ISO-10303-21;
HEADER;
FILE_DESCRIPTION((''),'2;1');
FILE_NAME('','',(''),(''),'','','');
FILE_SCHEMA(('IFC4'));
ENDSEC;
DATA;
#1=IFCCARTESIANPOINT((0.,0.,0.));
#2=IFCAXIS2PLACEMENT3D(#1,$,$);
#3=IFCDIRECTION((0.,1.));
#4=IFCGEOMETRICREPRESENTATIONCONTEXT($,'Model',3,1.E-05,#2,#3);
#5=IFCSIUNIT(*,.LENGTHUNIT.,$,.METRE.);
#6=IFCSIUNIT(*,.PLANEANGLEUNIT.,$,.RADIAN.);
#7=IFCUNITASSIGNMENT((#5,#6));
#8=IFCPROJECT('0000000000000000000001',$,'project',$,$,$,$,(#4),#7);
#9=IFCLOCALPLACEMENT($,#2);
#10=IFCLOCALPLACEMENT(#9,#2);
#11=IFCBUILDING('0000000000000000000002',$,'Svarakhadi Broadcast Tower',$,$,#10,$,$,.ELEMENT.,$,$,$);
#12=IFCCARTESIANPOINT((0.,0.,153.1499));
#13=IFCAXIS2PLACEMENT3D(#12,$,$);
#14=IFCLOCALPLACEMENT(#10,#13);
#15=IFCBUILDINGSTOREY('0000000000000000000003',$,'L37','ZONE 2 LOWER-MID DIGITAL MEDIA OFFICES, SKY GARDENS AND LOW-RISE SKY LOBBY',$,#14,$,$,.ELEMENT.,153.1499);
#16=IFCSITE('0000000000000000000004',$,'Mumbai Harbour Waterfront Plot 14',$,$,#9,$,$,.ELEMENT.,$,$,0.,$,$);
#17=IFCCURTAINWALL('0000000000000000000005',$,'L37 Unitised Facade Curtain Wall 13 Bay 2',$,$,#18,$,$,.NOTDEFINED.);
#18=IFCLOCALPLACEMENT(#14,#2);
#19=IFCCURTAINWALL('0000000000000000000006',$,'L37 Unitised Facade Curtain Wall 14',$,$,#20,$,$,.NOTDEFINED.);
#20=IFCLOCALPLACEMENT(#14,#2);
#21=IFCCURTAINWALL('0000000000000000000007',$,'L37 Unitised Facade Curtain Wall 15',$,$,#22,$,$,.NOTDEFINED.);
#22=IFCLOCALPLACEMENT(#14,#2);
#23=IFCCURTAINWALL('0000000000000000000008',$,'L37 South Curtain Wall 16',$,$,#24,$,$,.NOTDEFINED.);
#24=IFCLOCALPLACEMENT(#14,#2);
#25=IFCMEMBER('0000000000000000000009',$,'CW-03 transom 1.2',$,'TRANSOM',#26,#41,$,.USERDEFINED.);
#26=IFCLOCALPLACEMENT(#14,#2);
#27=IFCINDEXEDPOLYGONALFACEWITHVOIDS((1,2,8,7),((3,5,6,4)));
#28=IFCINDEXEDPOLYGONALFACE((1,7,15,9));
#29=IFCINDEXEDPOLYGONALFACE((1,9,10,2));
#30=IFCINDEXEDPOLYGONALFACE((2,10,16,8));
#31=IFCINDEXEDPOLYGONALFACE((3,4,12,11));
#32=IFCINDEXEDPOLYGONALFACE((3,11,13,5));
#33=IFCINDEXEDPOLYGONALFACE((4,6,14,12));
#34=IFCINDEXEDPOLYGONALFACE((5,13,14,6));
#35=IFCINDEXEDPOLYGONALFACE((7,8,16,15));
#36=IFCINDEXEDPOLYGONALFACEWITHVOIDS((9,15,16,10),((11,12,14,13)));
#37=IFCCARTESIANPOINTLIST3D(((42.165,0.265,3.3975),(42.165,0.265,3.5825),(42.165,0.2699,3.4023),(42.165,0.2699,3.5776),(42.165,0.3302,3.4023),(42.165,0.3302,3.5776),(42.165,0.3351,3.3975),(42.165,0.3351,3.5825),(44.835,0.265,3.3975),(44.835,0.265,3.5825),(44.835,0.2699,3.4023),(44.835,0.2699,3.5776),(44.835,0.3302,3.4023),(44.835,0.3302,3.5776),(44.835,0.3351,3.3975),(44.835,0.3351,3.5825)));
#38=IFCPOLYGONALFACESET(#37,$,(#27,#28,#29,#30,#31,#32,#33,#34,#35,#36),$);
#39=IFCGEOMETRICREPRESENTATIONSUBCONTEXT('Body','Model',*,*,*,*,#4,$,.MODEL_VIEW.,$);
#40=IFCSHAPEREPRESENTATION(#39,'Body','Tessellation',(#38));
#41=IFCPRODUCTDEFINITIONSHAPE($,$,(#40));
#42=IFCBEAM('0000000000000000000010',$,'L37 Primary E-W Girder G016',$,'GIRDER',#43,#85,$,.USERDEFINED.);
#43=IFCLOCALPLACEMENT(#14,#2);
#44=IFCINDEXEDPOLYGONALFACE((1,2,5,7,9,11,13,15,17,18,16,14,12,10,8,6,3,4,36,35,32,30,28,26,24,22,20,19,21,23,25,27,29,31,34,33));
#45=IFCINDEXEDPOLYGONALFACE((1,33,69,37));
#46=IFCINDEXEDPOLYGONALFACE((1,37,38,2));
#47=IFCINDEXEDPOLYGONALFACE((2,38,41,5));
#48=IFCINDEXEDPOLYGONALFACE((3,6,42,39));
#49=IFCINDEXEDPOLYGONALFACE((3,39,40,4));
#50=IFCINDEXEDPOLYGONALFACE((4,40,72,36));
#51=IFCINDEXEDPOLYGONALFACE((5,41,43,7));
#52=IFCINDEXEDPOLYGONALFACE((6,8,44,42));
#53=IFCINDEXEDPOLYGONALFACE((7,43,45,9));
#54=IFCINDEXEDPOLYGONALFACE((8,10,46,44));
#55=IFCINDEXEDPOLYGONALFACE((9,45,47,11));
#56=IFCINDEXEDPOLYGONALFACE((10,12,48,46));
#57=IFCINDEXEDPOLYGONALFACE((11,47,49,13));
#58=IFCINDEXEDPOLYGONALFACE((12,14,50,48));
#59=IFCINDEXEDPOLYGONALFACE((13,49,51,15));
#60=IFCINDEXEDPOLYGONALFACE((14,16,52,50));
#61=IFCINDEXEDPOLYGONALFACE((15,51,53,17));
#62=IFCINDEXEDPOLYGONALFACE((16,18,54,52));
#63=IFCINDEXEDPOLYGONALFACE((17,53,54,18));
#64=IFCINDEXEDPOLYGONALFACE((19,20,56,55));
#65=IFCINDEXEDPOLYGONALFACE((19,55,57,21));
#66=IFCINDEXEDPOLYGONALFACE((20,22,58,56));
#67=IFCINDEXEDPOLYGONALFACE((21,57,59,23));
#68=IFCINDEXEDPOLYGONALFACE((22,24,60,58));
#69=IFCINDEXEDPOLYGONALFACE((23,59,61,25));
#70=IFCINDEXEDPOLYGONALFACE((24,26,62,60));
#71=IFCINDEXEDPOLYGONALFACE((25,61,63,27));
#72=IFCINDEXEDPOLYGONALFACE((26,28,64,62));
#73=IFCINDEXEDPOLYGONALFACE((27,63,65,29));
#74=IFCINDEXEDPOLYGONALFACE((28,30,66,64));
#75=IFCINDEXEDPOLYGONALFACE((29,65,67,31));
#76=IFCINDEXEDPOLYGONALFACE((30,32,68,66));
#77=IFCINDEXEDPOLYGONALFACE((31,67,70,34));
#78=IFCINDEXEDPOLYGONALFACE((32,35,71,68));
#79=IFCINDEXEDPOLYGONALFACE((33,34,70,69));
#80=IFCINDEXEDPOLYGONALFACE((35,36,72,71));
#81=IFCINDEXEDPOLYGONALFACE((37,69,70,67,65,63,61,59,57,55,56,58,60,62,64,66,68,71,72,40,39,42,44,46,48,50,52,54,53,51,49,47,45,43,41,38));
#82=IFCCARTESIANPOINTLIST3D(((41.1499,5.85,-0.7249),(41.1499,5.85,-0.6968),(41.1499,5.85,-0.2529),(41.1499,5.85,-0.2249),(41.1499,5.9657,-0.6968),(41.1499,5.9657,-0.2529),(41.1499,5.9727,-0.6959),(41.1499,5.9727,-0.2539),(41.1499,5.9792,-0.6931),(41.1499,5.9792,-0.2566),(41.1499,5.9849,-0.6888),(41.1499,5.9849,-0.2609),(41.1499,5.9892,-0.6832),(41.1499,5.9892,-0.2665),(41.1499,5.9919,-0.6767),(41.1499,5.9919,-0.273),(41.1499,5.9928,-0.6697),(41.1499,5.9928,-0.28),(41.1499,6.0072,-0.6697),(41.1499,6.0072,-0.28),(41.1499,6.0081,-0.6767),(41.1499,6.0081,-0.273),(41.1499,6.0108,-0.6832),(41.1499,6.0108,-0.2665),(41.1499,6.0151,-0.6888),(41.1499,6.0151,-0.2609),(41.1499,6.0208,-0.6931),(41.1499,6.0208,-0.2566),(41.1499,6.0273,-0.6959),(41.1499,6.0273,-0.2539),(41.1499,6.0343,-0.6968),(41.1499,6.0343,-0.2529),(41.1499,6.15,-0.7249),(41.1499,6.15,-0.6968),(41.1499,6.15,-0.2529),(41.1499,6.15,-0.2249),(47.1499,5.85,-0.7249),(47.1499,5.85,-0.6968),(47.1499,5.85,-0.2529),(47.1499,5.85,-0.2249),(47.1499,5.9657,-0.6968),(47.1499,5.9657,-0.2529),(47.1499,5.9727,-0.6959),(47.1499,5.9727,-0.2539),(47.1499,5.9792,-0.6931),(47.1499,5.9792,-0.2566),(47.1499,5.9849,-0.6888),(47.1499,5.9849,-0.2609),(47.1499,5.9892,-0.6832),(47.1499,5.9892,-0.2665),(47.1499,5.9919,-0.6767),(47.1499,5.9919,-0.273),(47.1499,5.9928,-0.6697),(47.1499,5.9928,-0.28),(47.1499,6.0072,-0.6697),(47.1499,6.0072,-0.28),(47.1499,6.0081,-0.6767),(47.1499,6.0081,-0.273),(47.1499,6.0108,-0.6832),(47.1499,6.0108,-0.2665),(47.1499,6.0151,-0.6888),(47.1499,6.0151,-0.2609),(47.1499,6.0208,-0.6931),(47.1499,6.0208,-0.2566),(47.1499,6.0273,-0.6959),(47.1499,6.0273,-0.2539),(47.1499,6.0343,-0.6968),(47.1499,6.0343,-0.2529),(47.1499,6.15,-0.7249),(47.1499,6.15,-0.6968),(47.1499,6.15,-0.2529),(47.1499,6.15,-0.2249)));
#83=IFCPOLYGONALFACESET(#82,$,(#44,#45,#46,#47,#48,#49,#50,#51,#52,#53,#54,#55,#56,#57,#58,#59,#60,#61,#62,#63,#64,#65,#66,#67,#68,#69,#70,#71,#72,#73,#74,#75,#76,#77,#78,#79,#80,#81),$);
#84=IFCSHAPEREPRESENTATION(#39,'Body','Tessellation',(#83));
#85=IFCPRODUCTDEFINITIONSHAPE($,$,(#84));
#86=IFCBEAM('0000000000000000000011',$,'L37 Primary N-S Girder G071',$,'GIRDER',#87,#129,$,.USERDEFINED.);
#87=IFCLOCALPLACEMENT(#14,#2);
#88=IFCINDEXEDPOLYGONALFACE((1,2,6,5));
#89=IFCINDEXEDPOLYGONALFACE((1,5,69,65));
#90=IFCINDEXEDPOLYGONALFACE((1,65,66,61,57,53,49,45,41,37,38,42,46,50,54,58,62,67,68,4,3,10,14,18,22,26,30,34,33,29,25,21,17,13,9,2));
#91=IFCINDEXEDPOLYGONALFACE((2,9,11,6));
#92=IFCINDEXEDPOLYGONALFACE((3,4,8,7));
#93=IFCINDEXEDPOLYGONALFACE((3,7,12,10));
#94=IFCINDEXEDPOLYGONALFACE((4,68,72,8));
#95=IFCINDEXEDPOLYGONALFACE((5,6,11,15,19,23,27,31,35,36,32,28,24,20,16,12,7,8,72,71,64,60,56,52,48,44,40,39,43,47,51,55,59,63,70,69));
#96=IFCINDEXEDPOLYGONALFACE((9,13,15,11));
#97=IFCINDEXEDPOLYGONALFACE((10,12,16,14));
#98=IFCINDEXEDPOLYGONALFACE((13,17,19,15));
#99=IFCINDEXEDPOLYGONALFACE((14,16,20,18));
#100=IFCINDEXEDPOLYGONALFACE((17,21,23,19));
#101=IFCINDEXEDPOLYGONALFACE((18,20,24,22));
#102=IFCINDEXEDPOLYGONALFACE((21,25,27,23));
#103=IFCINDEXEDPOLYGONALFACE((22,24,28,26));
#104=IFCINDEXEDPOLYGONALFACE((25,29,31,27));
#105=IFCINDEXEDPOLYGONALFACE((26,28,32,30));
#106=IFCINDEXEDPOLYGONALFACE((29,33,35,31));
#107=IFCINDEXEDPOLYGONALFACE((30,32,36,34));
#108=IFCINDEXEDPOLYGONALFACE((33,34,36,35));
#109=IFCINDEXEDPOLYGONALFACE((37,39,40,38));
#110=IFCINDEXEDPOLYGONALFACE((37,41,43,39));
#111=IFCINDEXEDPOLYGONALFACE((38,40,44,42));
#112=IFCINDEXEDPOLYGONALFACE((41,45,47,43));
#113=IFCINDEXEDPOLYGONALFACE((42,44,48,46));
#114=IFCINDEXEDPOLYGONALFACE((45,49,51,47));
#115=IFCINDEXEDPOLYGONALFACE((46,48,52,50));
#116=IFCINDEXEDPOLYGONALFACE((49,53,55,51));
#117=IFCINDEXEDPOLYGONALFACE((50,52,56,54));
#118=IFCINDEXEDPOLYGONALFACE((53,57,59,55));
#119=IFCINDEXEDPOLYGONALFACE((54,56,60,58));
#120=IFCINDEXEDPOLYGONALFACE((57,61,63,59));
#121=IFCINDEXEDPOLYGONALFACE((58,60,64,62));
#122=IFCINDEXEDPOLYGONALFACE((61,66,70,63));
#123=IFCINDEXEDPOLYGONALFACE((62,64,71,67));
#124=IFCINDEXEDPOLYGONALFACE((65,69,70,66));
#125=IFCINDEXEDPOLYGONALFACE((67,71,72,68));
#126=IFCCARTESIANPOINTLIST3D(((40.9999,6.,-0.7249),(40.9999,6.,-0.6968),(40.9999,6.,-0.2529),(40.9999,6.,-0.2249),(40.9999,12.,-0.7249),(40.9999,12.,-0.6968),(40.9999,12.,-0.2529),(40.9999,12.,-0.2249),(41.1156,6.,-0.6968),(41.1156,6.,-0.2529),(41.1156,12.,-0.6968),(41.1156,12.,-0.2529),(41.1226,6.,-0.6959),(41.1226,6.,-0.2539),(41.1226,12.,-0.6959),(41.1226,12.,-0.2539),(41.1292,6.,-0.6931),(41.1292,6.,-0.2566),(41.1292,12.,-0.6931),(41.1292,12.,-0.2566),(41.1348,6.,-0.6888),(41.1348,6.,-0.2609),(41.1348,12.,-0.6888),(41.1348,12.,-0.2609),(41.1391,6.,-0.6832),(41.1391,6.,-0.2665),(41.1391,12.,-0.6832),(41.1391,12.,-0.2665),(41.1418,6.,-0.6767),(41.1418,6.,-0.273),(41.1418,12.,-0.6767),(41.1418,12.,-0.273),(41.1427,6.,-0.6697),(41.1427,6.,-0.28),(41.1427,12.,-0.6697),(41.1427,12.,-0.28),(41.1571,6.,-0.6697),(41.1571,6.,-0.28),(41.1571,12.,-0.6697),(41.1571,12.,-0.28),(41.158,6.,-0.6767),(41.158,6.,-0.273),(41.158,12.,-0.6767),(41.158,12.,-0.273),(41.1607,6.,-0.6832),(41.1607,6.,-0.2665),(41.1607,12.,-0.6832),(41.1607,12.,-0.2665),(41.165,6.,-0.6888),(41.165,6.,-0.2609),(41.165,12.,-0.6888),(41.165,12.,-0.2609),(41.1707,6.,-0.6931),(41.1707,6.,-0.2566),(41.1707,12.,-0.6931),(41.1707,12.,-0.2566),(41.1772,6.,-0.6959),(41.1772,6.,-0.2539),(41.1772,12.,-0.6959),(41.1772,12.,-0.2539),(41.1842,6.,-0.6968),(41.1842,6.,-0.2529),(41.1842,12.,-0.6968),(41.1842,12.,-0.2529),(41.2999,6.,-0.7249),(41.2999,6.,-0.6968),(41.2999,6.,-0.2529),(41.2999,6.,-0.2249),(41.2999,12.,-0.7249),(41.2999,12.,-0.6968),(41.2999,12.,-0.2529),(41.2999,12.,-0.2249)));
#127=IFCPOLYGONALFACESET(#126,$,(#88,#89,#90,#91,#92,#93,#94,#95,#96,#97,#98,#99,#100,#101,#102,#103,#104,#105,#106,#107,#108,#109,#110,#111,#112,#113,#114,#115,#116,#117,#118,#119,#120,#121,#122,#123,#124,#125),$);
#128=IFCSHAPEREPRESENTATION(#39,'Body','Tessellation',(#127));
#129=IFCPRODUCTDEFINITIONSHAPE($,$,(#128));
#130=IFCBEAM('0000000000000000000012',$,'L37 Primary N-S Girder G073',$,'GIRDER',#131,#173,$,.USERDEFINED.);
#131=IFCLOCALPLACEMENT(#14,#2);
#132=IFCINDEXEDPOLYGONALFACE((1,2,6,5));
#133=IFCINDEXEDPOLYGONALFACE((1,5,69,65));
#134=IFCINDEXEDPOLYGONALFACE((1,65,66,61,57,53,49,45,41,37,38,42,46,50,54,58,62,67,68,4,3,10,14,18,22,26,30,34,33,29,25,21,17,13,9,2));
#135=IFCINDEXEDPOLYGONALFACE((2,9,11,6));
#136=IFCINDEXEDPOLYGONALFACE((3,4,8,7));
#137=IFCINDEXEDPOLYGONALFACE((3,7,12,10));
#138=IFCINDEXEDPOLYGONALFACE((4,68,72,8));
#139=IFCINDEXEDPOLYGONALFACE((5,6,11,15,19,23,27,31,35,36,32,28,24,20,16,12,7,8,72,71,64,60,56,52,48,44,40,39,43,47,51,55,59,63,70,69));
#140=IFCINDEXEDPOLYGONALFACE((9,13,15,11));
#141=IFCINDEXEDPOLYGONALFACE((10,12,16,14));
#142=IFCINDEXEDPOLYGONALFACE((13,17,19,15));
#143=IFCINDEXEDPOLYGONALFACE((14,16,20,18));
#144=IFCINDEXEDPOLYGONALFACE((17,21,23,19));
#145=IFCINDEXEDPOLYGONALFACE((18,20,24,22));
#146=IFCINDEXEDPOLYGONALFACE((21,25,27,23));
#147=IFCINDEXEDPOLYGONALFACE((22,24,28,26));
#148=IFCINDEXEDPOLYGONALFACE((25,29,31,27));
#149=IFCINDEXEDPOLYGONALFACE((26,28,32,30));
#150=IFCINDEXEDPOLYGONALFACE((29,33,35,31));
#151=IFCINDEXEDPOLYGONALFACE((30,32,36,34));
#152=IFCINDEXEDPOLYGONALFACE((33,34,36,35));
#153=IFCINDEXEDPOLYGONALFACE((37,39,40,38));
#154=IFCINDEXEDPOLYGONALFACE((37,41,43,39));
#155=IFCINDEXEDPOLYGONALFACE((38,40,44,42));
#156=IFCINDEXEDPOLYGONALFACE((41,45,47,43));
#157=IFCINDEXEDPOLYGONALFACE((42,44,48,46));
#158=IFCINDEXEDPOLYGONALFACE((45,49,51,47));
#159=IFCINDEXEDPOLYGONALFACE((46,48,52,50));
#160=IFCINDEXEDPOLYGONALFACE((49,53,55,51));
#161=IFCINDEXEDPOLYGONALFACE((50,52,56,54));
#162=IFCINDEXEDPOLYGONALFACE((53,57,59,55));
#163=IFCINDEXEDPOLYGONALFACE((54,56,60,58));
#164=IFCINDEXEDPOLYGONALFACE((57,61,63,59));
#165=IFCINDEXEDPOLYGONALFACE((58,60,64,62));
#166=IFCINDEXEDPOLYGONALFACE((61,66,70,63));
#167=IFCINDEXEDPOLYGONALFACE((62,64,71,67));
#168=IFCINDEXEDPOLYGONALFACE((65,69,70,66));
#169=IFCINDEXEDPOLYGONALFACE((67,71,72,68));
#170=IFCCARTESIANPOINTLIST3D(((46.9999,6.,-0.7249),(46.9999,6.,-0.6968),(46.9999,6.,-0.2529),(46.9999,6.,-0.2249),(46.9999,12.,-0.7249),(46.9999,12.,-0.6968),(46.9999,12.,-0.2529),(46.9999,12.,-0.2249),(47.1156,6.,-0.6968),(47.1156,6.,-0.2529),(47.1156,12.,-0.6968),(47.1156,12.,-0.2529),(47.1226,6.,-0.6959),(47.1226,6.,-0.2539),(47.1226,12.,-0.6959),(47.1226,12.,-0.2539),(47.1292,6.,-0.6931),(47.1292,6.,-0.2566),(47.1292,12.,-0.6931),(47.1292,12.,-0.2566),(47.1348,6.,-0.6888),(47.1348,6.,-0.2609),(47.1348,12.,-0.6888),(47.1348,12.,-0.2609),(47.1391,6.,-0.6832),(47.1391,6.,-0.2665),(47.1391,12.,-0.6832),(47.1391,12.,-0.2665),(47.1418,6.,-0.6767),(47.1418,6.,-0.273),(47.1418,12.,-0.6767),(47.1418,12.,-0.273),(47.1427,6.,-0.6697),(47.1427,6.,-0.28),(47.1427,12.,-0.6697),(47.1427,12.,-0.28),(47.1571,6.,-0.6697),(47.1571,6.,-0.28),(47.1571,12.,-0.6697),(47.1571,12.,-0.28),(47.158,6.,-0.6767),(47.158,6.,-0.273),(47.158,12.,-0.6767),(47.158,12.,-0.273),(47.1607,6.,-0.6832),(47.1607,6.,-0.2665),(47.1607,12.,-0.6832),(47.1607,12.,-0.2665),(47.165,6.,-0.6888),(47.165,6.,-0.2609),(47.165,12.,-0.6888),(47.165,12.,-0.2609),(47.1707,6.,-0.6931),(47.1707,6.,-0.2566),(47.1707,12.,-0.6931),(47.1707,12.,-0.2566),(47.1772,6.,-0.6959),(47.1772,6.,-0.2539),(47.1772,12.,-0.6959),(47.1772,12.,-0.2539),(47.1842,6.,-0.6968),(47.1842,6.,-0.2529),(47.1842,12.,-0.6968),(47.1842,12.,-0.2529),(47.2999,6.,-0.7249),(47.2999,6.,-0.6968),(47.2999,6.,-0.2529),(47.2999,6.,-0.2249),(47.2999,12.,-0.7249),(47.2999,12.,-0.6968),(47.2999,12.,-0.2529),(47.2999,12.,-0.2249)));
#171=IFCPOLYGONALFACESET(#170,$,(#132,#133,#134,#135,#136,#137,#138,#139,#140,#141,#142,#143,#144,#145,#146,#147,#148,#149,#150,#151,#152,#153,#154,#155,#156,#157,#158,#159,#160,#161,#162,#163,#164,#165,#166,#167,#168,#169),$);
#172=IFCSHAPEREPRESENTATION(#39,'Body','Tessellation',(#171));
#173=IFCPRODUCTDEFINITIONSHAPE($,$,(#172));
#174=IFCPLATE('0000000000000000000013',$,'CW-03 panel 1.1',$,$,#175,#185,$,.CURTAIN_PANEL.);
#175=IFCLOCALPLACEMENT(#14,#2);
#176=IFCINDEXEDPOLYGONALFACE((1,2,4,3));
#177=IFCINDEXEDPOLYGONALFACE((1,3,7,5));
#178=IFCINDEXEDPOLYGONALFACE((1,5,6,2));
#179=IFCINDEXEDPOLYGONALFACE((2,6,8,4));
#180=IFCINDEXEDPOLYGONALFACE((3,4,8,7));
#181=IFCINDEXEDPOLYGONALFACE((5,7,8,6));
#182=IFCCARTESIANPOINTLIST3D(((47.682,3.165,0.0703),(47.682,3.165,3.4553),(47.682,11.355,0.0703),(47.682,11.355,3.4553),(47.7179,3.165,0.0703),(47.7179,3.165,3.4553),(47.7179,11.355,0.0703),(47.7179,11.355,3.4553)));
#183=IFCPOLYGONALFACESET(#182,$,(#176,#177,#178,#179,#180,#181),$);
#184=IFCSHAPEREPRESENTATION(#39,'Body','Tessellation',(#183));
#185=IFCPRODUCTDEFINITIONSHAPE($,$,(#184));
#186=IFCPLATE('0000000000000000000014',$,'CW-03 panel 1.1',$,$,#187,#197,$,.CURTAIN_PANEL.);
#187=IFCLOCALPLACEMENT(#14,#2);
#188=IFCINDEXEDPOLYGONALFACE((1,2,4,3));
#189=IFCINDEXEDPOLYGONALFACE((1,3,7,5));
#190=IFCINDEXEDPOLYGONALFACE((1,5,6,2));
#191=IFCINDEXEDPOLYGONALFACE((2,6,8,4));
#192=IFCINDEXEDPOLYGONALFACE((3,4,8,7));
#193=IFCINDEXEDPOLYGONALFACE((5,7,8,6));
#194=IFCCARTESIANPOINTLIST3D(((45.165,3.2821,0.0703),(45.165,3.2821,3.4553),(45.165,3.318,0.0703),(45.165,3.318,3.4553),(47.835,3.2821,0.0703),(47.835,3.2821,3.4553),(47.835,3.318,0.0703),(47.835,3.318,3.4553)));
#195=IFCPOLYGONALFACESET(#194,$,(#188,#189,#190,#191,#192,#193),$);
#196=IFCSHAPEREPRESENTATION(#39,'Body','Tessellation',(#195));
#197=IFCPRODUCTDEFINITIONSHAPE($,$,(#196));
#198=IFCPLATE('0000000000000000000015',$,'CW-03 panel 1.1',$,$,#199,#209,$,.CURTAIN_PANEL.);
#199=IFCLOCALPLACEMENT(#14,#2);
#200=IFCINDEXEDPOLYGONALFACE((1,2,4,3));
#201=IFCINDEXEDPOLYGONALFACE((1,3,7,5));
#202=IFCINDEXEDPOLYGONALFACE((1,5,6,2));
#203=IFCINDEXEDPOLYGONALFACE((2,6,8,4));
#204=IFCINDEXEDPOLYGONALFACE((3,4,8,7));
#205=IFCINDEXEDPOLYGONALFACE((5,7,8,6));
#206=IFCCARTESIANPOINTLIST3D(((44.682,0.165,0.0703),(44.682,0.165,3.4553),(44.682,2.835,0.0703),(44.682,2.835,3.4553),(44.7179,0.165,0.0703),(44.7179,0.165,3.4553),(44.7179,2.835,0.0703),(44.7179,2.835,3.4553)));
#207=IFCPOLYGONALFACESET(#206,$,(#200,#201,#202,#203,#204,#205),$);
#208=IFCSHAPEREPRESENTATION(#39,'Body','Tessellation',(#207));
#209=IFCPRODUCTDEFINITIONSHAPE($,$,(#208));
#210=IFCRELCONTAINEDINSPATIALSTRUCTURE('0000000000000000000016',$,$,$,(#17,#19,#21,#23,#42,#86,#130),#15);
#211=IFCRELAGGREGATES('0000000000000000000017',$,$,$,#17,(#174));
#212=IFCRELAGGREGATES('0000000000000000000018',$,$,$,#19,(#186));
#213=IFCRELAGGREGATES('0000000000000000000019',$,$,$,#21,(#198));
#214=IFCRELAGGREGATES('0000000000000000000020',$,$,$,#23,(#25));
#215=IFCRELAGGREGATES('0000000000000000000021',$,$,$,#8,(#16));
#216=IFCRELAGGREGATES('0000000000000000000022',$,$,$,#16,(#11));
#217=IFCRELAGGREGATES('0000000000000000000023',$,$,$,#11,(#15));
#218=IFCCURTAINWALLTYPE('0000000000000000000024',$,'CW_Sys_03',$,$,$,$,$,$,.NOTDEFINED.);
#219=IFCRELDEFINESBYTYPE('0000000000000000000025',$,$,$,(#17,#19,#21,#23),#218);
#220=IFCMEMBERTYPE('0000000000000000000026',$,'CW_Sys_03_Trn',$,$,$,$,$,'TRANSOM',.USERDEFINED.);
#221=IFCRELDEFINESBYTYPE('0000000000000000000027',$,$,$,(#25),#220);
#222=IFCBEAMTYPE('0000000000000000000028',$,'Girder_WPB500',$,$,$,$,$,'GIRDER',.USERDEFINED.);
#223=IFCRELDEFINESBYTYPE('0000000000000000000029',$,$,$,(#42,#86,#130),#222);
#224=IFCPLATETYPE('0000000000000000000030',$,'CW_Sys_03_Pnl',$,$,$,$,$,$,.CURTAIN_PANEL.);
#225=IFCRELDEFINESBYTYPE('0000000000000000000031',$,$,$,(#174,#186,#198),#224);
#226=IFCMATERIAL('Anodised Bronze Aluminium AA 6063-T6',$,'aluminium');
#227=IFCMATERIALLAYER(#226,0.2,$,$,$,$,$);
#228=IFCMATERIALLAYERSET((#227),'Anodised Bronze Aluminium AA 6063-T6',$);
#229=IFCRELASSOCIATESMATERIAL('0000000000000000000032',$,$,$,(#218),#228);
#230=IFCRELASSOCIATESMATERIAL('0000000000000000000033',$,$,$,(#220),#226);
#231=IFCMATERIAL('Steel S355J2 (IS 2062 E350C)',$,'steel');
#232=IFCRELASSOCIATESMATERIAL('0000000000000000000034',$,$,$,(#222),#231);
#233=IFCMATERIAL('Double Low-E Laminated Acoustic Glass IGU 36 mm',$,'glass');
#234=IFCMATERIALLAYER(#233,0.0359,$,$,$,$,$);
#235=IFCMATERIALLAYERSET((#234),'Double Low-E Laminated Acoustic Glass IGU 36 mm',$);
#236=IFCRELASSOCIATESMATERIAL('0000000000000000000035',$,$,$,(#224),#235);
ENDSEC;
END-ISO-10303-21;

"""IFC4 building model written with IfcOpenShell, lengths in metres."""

from ifc_helpers import new_model, si_unit, direction, frame, origin, origin_2d, place, context, subcontext, project, spatial, rectangle, hollow_rectangle, i_section, extrude, material, layer, layer_set, material_profile, profile_set, type_object, element, aggregate, save


model = new_model("IFC4")

# Units and contexts
model_context = context("Model", 3, precision=1e-05, world=origin(), true_north=direction((0.0, 1.0)))
body_context = subcontext(model_context, "Body", "Model", "MODEL_VIEW")
ifc_project = project(units=[si_unit("LENGTHUNIT", "METRE"), si_unit("PLANEANGLEUNIT", "RADIAN")], contexts=[model_context])

# Site, building, storey
site_placement = place(None, origin())
site = spatial("IfcSite", under=ifc_project, at=site_placement, Name="Mumbai Harbour Waterfront Plot 14", CompositionType="ELEMENT", RefElevation=0.0)
building_placement = place(site_placement, origin())
building = spatial("IfcBuilding", under=site, at=building_placement, Name="Svarakhadi Broadcast Tower", CompositionType="ELEMENT")
storey_placement = place(building_placement, frame((0.0, 0.0, 153.1499)))
storey = spatial("IfcBuildingStorey", under=building, at=storey_placement, Name="L37", Description="ZONE 2 LOWER-MID DIGITAL MEDIA OFFICES, SKY GARDENS AND LOW-RISE SKY LOBBY", CompositionType="ELEMENT", Elevation=153.1499)

# Shared definitions
ifc_material_1 = material(Name="Steel S355J2 (IS 2062 E350C)", Category="steel")

# Curtain walls
ifc_material_2 = material(Name="Anodised Bronze Aluminium AA 6063-T6", Category="aluminium")
ifc_layer_1 = layer(ifc_material_2, 0.2)
ifc_layer_set_1 = layer_set([ifc_layer_1], Name="Anodised Bronze Aluminium AA 6063-T6")
curtain_wall_type = type_object("IfcCurtainWallType", Name="CW_Sys_03", PredefinedType="NOTDEFINED", material=ifc_layer_set_1)
curtain_wall_1_placement = place(storey_placement, origin())
curtain_wall_1 = element("IfcCurtainWall", 1, at=curtain_wall_1_placement, inside=storey, type_object=curtain_wall_type, Name="L37 Unitised Facade Curtain Wall 13 Bay 2", PredefinedType="NOTDEFINED")
curtain_wall_2_placement = place(storey_placement, origin())
curtain_wall_2 = element("IfcCurtainWall", 2, at=curtain_wall_2_placement, inside=storey, type_object=curtain_wall_type, Name="L37 Unitised Facade Curtain Wall 14", PredefinedType="NOTDEFINED")
curtain_wall_3_placement = place(storey_placement, origin())
curtain_wall_3 = element("IfcCurtainWall", 3, at=curtain_wall_3_placement, inside=storey, type_object=curtain_wall_type, Name="L37 Unitised Facade Curtain Wall 15", PredefinedType="NOTDEFINED")
curtain_wall_4_placement = place(storey_placement, origin())
curtain_wall_4 = element("IfcCurtainWall", 4, at=curtain_wall_4_placement, inside=storey, type_object=curtain_wall_type, Name="L37 South Curtain Wall 16", PredefinedType="NOTDEFINED")

# Member
ifc_material_profile_1 = material_profile(ifc_material_2, hollow_rectangle(XDim=0.0701, YDim=0.1851, WallThickness=0.0049, at=origin_2d()), Name="ALU TRANSOM 185x70x5")
ifc_profile_set_1 = profile_set([ifc_material_profile_1], Name="Anodised Bronze Aluminium AA 6063-T6")
member_type_1 = type_object("IfcMemberType", Name="CW_Sys_03_Trn", ElementType="TRANSOM", PredefinedType="USERDEFINED", material=ifc_profile_set_1)
member_1_placement = place(storey_placement, frame((44.835, 0.3, 3.49), z_axis=(-1.0, 0.0, 0.0), x_axis=(0.0, -1.0, 0.0)))
member_1 = element("IfcMember", 5, at=member_1_placement, type_object=member_type_1, Name="CW-03 transom 1.2", ObjectType="TRANSOM", PredefinedType="USERDEFINED", context=body_context, shape_type="SweptSolid", body=[
    extrude(hollow_rectangle(XDim=0.0701, YDim=0.1851, WallThickness=0.0049, at=origin_2d()), origin(), (0.0, 0.0, 1.0), 2.6699),
])

# Beams
ifc_material_profile_2 = material_profile(ifc_material_1, i_section(OverallWidth=0.3, OverallDepth=0.5, WebThickness=0.0144, FlangeThickness=0.0281, FilletRadius=0.0271, at=origin_2d()), Name="WPB 500x300x187")
ifc_profile_set_2 = profile_set([ifc_material_profile_2], Name="Steel S355J2 (IS 2062 E350C)")
beam_type_1 = type_object("IfcBeamType", Name="Girder_WPB500", ElementType="GIRDER", PredefinedType="USERDEFINED", material=ifc_profile_set_2)
for number, where, z_axis, x_axis, name in (
    (6, (41.1499, 6.0, -0.4749), (1.0, 0.0, 0.0), (0.0, 1.0, 0.0), "L37 Primary E-W Girder G016"),
    (7, (41.1499, 6.0, -0.4749), (0.0, 1.0, 0.0), (-1.0, 0.0, 0.0), "L37 Primary N-S Girder G071"),
    (8, (47.1499, 6.0, -0.4749), (0.0, 1.0, 0.0), (-1.0, 0.0, 0.0), "L37 Primary N-S Girder G073"),
):
    element("IfcBeam", number, at=place(storey_placement, frame(where, z_axis=z_axis, x_axis=x_axis)), inside=storey, type_object=beam_type_1, Name=name, ObjectType="GIRDER", PredefinedType="USERDEFINED", context=body_context, shape_type="SweptSolid", body=[
        extrude(i_section(OverallWidth=0.3, OverallDepth=0.5, WebThickness=0.0144, FlangeThickness=0.0281, FilletRadius=0.0271, at=origin_2d()), origin(), (0.0, 0.0, 1.0), 6.0),
    ])

# Plates
ifc_material_3 = material(Name="Double Low-E Laminated Acoustic Glass IGU 36 mm", Category="glass")
ifc_layer_2 = layer(ifc_material_3, 0.0359)
ifc_layer_set_2 = layer_set([ifc_layer_2], Name="Double Low-E Laminated Acoustic Glass IGU 36 mm")
plate_type_1 = type_object("IfcPlateType", Name="CW_Sys_03_Pnl", PredefinedType="CURTAIN_PANEL", material=ifc_layer_set_2)
plate_1_placement = place(storey_placement, frame((47.7, 7.26, 0.0703), z_axis=(0.0, 0.0, 1.0), x_axis=(0.0, -1.0, 0.0)))
plate_1 = element("IfcPlate", 9, at=plate_1_placement, type_object=plate_type_1, Name="CW-03 panel 1.1", PredefinedType="CURTAIN_PANEL", context=body_context, shape_type="SweptSolid", body=[
    extrude(rectangle(XDim=8.1899, YDim=0.0359, at=origin_2d()), origin(), (0.0, 0.0, 1.0), 3.385),
])
aggregate(curtain_wall_1, [plate_1])
plate_2_placement = place(storey_placement, frame((46.5, 3.3, 0.0703), z_axis=(0.0, 0.0, 1.0), x_axis=(-1.0, 0.0, 0.0)))
plate_2 = element("IfcPlate", 10, at=plate_2_placement, type_object=plate_type_1, Name="CW-03 panel 1.1", PredefinedType="CURTAIN_PANEL", context=body_context, shape_type="SweptSolid", body=[
    extrude(rectangle(XDim=2.6699, YDim=0.0359, at=origin_2d()), origin(), (0.0, 0.0, 1.0), 3.385),
])
aggregate(curtain_wall_2, [plate_2])
plate_3_placement = place(storey_placement, frame((44.7, 1.5, 0.0703), z_axis=(0.0, 0.0, 1.0), x_axis=(0.0, -1.0, 0.0)))
plate_3 = element("IfcPlate", 11, at=plate_3_placement, type_object=plate_type_1, Name="CW-03 panel 1.1", PredefinedType="CURTAIN_PANEL", context=body_context, shape_type="SweptSolid", body=[
    extrude(rectangle(XDim=2.6699, YDim=0.0359, at=origin_2d()), origin(), (0.0, 0.0, 1.0), 3.385),
])
aggregate(curtain_wall_3, [plate_3])
aggregate(curtain_wall_4, [member_1])

save(model, "model.ifc")
